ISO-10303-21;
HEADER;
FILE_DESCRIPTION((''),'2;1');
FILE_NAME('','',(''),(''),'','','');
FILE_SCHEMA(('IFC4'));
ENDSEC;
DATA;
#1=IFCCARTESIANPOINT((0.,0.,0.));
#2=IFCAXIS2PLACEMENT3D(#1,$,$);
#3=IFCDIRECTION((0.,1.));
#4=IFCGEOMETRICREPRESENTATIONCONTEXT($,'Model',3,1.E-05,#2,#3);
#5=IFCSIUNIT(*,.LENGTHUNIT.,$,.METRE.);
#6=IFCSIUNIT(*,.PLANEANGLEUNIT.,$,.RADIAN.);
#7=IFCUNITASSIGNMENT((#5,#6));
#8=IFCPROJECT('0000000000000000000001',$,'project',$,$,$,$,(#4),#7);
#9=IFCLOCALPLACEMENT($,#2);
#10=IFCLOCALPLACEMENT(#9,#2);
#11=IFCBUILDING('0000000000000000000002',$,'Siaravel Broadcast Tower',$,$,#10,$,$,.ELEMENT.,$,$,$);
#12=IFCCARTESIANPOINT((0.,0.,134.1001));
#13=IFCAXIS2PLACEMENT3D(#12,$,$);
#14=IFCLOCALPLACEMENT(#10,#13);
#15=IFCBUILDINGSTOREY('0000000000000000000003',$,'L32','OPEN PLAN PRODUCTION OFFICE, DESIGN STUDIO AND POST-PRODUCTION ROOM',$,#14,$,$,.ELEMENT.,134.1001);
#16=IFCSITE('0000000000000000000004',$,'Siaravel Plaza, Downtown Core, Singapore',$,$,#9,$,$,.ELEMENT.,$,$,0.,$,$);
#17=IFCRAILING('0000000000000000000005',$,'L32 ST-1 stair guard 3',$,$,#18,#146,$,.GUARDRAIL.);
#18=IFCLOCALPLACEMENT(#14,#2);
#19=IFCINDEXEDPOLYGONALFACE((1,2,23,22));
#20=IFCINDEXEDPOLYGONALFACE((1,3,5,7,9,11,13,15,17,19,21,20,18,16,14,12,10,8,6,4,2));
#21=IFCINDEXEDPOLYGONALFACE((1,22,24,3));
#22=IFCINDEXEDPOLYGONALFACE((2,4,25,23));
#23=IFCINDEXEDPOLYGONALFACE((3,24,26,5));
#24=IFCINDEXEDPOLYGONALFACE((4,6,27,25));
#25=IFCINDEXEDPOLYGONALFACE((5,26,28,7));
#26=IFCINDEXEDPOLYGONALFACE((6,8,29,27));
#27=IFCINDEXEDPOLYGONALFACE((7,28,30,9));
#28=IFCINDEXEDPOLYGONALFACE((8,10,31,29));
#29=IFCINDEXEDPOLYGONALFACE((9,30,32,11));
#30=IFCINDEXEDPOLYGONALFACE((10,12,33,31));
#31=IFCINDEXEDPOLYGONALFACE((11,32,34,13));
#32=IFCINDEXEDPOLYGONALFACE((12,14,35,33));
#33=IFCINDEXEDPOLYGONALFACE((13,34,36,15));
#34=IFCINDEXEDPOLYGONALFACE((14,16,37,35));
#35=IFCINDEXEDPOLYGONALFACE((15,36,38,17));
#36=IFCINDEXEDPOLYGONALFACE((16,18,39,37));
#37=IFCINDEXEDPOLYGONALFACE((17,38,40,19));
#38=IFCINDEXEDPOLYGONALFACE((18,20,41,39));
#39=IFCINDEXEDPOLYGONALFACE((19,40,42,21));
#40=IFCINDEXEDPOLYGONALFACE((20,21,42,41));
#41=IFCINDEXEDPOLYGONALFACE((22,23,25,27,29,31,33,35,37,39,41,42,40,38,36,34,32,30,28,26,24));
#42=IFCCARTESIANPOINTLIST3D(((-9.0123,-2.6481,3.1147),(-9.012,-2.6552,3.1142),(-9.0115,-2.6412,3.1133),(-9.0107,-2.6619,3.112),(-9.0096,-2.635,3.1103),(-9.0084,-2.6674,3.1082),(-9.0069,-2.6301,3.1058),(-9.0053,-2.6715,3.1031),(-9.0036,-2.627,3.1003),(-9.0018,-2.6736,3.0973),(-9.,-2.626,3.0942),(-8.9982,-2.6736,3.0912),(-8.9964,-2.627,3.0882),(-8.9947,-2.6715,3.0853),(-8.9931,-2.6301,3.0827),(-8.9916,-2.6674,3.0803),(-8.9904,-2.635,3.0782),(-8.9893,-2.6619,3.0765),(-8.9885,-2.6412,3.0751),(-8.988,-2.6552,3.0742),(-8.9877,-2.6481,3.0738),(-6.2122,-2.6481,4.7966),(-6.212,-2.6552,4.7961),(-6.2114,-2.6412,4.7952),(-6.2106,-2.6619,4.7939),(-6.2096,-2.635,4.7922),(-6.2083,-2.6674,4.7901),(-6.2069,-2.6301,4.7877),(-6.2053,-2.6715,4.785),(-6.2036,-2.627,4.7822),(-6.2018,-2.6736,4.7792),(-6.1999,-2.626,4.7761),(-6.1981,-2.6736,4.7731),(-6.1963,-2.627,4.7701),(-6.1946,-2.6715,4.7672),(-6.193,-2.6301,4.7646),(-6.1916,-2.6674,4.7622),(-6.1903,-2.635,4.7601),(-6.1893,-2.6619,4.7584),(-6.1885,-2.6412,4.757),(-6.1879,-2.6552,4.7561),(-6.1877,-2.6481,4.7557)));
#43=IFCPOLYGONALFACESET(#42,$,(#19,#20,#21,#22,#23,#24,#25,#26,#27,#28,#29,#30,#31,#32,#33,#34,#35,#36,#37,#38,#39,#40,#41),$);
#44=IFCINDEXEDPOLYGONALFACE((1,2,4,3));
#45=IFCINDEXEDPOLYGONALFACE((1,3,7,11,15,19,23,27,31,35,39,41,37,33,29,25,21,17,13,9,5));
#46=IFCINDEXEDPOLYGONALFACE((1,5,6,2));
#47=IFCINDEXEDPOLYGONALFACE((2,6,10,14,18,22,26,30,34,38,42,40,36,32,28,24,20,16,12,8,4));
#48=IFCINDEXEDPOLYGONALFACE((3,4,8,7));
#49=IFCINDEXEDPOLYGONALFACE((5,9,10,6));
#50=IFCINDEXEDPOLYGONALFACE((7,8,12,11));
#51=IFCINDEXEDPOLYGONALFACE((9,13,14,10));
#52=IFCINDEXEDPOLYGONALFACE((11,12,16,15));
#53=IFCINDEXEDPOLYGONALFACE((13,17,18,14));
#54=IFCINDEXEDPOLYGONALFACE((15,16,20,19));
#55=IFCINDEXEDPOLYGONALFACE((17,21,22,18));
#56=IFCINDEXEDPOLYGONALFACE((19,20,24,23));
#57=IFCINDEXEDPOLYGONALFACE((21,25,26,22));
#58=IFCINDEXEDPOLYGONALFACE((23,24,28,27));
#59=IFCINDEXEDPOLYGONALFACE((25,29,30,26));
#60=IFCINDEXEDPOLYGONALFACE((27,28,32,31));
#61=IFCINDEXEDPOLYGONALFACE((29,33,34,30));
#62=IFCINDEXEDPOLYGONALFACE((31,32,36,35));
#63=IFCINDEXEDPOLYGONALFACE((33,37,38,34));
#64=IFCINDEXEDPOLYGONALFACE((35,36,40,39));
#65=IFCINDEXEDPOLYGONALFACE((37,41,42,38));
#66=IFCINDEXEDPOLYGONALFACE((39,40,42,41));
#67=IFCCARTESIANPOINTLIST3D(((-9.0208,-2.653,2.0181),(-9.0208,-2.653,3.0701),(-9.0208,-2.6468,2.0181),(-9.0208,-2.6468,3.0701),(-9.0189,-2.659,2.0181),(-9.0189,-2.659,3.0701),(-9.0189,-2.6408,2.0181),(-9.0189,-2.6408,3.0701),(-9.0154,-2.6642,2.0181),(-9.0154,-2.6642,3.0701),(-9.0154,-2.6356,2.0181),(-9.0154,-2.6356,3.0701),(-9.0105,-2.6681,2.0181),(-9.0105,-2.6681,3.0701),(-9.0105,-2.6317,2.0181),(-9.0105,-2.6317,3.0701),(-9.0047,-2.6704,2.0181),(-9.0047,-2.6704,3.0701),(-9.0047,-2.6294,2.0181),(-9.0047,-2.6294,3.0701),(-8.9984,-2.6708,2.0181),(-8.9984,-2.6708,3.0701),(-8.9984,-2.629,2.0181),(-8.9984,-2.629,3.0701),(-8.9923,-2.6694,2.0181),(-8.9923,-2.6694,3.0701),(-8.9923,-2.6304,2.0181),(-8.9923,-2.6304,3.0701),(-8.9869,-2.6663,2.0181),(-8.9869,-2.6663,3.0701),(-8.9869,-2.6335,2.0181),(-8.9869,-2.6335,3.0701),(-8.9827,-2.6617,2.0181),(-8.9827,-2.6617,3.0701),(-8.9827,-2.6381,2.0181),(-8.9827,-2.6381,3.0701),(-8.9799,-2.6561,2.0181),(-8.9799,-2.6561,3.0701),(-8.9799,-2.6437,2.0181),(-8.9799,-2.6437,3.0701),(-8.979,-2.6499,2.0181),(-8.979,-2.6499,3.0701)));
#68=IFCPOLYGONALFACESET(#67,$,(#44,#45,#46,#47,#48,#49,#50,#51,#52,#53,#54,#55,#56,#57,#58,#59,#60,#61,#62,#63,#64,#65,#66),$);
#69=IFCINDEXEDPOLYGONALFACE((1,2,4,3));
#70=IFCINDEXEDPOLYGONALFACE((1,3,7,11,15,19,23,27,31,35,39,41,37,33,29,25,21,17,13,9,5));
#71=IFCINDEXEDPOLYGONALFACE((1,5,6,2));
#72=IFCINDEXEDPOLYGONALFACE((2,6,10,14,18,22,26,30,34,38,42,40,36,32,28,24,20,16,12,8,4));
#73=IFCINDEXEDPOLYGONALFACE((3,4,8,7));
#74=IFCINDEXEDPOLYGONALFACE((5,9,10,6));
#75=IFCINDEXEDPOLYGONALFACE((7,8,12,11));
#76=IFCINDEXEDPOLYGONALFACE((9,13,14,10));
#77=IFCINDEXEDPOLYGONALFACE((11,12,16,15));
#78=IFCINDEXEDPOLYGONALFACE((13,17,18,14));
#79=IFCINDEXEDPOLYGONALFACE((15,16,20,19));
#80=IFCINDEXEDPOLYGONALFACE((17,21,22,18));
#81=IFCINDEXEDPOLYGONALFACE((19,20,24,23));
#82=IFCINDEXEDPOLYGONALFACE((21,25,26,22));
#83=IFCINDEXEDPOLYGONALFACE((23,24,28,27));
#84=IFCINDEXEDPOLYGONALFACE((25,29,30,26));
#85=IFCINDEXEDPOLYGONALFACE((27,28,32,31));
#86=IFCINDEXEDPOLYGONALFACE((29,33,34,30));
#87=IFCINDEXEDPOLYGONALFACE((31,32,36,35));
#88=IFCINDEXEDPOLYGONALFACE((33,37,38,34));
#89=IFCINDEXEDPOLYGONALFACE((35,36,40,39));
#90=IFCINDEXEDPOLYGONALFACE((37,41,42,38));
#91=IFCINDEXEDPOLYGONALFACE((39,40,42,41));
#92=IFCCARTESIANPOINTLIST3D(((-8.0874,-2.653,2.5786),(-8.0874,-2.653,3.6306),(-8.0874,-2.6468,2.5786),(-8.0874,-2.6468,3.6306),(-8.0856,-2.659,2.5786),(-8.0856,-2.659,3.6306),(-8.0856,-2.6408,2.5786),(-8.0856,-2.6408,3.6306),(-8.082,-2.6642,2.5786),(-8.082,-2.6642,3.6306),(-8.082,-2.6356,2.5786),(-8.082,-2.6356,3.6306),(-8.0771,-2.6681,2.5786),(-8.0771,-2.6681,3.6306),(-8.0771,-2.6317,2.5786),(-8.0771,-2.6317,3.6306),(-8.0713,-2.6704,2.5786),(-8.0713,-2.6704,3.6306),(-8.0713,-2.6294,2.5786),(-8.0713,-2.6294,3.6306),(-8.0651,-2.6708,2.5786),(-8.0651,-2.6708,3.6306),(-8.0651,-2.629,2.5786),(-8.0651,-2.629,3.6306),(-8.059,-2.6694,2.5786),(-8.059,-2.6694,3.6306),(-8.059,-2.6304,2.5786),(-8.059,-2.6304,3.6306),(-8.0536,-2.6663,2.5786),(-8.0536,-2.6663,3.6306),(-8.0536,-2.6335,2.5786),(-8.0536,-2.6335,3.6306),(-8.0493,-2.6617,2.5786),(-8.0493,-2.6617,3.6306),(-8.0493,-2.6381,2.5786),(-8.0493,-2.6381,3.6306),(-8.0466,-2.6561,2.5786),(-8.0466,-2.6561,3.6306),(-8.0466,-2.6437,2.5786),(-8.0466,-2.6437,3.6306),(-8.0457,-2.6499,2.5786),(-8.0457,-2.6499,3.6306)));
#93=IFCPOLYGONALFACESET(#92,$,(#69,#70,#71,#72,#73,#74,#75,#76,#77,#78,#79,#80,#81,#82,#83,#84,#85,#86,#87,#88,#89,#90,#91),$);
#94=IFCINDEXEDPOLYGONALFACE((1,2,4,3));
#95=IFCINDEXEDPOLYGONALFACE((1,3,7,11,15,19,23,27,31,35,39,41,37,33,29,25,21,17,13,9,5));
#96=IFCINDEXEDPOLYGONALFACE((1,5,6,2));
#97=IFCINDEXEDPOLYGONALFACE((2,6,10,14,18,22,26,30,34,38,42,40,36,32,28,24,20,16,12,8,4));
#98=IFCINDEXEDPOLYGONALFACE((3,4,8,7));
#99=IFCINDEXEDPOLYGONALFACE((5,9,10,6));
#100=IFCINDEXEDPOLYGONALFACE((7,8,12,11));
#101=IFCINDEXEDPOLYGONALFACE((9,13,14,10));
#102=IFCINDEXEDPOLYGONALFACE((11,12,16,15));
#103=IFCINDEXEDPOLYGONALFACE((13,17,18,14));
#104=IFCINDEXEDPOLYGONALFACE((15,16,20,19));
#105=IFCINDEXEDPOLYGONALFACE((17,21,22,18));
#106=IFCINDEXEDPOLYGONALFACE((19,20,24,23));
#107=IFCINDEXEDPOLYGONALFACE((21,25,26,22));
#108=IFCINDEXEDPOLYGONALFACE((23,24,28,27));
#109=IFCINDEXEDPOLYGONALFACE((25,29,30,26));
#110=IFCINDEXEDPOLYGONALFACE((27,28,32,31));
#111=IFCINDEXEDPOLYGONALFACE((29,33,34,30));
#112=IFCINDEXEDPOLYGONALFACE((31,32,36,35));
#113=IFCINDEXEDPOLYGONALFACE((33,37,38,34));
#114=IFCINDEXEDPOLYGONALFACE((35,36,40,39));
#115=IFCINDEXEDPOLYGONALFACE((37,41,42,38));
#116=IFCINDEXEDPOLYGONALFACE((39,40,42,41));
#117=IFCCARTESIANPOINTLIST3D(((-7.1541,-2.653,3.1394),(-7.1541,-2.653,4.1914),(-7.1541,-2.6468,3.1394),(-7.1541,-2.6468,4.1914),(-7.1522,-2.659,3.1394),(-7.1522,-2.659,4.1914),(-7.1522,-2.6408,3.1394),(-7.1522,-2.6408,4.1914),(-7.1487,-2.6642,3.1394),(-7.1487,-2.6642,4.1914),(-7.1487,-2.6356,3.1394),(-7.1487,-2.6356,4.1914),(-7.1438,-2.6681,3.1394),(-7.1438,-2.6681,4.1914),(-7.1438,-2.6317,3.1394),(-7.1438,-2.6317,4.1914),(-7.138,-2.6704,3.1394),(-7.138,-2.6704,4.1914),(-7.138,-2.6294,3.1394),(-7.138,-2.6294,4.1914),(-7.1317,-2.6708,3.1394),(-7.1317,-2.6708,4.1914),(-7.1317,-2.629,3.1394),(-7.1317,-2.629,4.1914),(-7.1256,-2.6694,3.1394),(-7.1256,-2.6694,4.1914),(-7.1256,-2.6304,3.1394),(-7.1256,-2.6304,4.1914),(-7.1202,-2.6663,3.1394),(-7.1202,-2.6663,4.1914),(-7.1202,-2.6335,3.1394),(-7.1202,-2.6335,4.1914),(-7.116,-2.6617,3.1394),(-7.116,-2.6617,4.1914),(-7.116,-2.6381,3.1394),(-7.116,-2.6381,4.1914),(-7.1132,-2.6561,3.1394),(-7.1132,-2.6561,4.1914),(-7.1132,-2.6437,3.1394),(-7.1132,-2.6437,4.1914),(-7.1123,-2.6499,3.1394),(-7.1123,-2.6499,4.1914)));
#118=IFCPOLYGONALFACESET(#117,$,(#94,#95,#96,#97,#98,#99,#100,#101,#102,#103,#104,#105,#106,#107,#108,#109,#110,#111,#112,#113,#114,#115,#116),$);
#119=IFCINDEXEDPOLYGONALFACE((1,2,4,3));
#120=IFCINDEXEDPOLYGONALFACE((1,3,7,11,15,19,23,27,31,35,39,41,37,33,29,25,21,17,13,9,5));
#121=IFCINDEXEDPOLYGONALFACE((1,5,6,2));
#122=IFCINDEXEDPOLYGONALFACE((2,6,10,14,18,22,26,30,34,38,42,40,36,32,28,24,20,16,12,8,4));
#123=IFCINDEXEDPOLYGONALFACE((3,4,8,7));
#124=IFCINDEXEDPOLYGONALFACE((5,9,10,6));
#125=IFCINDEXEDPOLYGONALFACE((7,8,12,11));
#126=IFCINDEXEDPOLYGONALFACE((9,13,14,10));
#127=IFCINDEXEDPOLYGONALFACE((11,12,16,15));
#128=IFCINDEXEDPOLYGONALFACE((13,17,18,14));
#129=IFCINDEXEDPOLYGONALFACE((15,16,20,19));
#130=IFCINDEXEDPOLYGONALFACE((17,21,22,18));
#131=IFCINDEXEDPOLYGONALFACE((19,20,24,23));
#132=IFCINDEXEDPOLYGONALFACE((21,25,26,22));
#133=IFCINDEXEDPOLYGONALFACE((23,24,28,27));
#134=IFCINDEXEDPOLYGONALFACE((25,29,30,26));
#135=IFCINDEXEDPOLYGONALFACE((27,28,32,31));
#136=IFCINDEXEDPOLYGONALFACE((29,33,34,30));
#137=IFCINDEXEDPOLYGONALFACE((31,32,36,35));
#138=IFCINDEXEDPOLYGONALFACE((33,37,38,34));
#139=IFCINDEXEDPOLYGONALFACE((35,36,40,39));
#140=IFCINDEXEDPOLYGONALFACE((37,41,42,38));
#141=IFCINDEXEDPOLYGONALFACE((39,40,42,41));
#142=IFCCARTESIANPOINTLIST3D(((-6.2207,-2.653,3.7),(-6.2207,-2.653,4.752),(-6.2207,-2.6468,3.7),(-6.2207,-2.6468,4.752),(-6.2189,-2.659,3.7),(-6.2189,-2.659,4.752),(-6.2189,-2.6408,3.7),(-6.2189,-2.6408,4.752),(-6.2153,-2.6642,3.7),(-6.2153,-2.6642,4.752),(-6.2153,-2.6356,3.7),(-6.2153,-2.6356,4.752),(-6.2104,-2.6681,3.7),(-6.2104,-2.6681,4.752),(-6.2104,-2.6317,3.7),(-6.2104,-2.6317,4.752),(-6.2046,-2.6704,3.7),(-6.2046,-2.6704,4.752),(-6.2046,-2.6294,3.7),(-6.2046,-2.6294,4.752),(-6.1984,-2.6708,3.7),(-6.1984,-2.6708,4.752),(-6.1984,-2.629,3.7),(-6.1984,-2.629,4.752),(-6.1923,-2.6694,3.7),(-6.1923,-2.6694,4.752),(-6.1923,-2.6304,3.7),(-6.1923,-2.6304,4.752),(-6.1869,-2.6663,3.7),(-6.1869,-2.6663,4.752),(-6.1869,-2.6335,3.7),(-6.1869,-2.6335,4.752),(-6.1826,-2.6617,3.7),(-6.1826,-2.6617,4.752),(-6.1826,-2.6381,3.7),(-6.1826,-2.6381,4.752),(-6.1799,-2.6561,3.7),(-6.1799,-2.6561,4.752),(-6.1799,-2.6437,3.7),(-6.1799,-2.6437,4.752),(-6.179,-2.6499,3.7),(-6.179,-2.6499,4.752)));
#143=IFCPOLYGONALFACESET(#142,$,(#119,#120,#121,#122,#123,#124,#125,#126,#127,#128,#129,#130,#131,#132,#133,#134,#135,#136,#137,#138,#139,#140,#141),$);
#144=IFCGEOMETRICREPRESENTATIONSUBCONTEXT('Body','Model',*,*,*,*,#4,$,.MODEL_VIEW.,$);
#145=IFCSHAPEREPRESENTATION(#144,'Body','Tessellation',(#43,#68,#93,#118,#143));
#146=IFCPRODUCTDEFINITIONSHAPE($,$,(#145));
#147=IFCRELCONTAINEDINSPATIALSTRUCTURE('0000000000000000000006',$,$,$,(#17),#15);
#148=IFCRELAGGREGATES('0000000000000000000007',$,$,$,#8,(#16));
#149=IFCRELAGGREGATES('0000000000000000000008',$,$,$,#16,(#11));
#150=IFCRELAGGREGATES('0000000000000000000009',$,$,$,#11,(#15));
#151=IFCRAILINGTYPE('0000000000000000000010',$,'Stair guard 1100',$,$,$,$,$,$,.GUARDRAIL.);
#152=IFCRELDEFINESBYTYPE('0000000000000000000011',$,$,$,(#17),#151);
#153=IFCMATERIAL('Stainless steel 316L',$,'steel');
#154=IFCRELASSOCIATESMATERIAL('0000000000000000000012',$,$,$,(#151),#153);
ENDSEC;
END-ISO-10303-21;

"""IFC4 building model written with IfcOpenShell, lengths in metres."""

from ifc_helpers import new_model, si_unit, direction, frame, origin, origin_2d, place, context, subcontext, project, spatial, circle, extrude, material, type_object, element, save


model = new_model("IFC4")

# Units and contexts
model_context = context("Model", 3, precision=1e-05, world=origin(), true_north=direction((0.0, 1.0)))
body_context = subcontext(model_context, "Body", "Model", "MODEL_VIEW")
ifc_project = project(units=[si_unit("LENGTHUNIT", "METRE"), si_unit("PLANEANGLEUNIT", "RADIAN")], contexts=[model_context])

# Site, building, storey
site_placement = place(None, origin())
site = spatial("IfcSite", under=ifc_project, at=site_placement, Name="Siaravel Plaza, Downtown Core, Singapore", CompositionType="ELEMENT", RefElevation=0.0)
building_placement = place(site_placement, origin())
building = spatial("IfcBuilding", under=site, at=building_placement, Name="Siaravel Broadcast Tower", CompositionType="ELEMENT")
storey_placement = place(building_placement, frame((0.0, 0.0, 134.1001)))
storey = spatial("IfcBuildingStorey", under=building, at=storey_placement, Name="L32", Description="OPEN PLAN PRODUCTION OFFICE, DESIGN STUDIO AND POST-PRODUCTION ROOM", CompositionType="ELEMENT", Elevation=134.1001)

# Shared definitions
ifc_material_1 = material(Name="Stainless steel 316L", Category="steel")

# Railing
railing_type_1 = type_object("IfcRailingType", Name="Stair guard 1100", PredefinedType="GUARDRAIL", material=ifc_material_1)
railing_1_placement = place(storey_placement, frame((-9.0, -2.6499, 2.0181)))
element("IfcRailing", 1, at=railing_1_placement, inside=storey, type_object=railing_type_1, Name="L32 ST-1 stair guard 3", PredefinedType="GUARDRAIL", context=body_context, shape_type="SweptSolid", body=[
    extrude(circle(Radius=0.0239, at=origin_2d()), frame((0.0, 0.0, 1.0762), z_axis=(0.857242, 0.0, 0.514913), x_axis=(0.0, 1.0, 0.0)), (0.0, 0.0, 1.0), 3.2664),
    extrude(circle(Radius=0.021, at=origin_2d()), origin(), (0.0, 0.0, 1.0), 1.052),
    extrude(circle(Radius=0.021, at=origin_2d()), frame((0.9333, 0.0, 0.5605)), (0.0, 0.0, 1.0), 1.052),
    extrude(circle(Radius=0.021, at=origin_2d()), frame((1.8667, 0.0, 1.1213)), (0.0, 0.0, 1.0), 1.052),
    extrude(circle(Radius=0.021, at=origin_2d()), frame((2.8, 0.0, 1.6819)), (0.0, 0.0, 1.0), 1.052),
])

save(model, "model.ifc")
